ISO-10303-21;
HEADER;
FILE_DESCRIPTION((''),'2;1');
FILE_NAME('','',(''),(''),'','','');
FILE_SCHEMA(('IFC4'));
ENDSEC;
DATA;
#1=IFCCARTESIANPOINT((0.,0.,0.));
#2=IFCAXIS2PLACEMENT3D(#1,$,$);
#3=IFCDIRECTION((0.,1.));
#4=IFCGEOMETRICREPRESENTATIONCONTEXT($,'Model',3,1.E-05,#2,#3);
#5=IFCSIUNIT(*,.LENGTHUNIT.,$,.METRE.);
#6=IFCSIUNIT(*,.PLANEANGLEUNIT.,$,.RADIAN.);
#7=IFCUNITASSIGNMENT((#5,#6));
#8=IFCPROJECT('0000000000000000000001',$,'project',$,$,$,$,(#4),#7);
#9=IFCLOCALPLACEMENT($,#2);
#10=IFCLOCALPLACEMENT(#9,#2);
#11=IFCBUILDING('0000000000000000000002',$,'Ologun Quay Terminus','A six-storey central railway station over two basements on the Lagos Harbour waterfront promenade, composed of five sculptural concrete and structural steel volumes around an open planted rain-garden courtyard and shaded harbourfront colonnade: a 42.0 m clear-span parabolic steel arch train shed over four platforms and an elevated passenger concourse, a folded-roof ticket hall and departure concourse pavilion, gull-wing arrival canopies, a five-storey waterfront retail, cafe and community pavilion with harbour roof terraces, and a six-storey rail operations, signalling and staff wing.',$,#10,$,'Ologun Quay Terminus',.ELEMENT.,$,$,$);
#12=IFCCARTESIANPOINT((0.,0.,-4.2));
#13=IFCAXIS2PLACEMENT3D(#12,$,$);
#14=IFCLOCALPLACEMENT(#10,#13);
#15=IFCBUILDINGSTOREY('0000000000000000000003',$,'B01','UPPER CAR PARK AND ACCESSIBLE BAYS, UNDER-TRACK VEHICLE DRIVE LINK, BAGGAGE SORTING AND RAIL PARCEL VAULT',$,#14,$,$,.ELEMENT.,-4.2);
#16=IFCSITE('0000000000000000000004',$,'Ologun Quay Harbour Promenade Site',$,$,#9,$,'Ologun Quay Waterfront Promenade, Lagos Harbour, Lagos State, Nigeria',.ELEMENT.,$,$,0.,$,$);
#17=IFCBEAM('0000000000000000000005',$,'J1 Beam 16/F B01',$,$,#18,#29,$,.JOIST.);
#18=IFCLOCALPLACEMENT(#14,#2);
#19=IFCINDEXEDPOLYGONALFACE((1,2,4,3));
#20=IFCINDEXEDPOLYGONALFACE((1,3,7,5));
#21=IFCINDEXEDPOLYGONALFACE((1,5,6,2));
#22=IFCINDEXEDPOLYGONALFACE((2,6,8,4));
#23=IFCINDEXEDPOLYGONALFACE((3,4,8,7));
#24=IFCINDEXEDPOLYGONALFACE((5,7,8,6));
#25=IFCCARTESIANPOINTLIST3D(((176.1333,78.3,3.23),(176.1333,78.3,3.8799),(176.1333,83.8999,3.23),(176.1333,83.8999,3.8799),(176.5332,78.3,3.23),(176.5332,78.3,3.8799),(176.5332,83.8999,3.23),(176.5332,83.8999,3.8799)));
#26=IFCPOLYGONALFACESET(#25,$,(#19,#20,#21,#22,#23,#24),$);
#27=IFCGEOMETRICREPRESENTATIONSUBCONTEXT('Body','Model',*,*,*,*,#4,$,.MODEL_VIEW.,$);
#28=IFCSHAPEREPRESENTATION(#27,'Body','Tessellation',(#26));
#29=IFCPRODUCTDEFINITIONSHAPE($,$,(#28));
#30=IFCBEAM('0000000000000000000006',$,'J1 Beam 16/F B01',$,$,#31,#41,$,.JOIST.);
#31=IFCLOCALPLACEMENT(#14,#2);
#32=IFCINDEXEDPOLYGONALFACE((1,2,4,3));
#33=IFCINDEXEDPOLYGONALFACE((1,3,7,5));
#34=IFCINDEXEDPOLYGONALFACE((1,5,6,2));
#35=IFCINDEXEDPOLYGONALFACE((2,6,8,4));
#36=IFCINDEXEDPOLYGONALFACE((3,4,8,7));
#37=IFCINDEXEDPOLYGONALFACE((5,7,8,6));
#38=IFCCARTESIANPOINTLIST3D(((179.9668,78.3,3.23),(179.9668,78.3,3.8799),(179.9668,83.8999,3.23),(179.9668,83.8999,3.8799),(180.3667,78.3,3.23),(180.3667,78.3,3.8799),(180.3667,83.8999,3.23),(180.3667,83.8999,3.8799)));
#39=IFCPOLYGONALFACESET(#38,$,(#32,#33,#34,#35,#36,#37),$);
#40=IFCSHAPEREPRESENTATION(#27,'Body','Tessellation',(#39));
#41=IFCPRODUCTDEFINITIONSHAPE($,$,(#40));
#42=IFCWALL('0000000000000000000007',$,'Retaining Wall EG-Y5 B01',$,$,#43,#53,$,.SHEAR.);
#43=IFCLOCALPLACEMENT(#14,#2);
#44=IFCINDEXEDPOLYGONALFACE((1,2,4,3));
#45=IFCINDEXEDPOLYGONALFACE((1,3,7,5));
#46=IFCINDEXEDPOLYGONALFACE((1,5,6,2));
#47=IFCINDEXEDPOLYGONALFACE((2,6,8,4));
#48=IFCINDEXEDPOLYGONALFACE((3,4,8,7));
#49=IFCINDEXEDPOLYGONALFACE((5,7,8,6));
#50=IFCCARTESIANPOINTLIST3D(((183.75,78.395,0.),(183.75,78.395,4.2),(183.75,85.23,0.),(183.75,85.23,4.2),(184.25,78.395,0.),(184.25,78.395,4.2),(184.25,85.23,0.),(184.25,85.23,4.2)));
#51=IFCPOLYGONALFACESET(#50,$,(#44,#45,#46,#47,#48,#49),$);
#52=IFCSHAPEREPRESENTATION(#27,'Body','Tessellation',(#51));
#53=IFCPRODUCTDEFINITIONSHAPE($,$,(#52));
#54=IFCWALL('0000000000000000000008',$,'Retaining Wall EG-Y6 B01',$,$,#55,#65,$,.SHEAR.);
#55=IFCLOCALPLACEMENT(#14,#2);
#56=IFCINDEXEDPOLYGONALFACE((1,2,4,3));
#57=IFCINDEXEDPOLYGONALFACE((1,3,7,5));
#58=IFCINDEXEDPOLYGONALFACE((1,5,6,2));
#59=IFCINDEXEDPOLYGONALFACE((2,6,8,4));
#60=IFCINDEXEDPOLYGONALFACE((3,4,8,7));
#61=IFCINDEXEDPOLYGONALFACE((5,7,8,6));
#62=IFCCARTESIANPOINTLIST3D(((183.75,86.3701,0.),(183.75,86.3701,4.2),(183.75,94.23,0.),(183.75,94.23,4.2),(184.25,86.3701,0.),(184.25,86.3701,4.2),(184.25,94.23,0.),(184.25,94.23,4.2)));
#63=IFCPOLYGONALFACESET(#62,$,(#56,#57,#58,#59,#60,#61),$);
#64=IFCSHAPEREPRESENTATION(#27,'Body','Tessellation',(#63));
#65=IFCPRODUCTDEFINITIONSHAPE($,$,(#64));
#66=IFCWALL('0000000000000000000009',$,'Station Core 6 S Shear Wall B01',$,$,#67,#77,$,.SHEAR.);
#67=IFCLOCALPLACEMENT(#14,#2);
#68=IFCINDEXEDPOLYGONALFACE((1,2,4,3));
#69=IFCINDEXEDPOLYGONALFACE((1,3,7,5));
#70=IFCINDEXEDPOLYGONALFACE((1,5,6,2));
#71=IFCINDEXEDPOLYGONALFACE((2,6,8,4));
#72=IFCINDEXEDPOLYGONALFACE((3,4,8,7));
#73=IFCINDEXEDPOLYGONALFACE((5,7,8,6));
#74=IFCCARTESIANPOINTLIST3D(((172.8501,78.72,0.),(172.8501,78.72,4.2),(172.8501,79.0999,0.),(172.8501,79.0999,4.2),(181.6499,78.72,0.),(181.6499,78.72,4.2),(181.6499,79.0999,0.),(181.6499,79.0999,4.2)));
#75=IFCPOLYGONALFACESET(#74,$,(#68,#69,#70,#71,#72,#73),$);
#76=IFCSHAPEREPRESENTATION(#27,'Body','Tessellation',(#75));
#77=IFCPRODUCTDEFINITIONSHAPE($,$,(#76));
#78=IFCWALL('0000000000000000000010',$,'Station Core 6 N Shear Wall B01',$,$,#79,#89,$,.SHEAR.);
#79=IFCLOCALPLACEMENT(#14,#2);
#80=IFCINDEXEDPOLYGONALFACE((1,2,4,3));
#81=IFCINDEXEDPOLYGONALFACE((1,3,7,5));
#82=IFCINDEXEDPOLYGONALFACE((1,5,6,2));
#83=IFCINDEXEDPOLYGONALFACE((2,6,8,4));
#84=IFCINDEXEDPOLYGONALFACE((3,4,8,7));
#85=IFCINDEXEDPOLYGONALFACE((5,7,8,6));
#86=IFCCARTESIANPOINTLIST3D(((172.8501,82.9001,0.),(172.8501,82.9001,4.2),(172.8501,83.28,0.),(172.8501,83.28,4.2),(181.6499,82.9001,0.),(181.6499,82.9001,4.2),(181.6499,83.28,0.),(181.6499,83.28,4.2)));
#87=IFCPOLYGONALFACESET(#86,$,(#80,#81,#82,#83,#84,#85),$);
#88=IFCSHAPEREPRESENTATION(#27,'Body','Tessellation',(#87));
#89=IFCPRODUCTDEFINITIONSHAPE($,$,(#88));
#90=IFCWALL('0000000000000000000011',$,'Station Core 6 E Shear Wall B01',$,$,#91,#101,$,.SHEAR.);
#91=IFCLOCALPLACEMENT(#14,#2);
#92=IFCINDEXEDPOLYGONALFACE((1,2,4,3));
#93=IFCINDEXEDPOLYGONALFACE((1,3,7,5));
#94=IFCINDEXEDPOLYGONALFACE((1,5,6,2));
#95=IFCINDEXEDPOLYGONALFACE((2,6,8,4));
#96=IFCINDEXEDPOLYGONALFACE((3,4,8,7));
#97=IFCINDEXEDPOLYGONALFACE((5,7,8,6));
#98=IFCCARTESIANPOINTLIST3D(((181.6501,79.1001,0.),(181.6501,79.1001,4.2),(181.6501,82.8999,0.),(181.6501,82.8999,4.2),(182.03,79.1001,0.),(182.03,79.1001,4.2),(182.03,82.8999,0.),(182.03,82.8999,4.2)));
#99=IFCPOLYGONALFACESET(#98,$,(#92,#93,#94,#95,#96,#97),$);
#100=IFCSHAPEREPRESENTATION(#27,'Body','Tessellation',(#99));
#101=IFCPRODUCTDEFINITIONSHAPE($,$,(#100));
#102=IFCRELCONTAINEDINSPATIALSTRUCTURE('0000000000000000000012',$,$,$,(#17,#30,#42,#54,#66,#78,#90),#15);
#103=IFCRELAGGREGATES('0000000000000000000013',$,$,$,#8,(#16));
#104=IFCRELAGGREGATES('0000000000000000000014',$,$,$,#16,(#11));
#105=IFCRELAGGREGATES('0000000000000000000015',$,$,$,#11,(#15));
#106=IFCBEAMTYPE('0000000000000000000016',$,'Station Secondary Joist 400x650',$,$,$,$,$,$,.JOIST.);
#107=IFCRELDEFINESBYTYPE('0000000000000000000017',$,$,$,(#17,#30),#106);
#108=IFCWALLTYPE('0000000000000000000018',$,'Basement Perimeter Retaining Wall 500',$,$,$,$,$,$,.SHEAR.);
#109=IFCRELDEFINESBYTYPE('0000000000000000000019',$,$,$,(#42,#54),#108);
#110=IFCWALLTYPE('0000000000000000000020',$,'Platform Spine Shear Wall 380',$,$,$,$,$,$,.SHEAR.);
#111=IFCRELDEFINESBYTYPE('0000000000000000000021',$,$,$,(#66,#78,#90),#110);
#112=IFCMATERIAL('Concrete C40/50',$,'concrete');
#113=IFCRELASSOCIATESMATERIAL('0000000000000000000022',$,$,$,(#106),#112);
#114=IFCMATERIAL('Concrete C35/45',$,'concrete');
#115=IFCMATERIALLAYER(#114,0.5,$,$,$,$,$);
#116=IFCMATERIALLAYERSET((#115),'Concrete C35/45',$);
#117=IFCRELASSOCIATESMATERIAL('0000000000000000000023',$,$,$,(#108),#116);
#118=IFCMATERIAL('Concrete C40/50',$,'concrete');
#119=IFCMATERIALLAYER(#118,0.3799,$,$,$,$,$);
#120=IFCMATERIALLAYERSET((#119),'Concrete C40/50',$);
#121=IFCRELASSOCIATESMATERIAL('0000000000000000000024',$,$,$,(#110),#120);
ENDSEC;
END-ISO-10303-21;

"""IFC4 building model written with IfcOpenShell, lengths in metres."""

from ifc_helpers import new_model, si_unit, direction, frame, frame_2d, origin, origin_2d, place, context, subcontext, project, spatial, rectangle, extrude, material, layer, layer_set, material_profile, profile_set, type_object, element, save


model = new_model("IFC4")

# Units and contexts
model_context = context("Model", 3, precision=1e-05, world=origin(), true_north=direction((0.0, 1.0)))
body_context = subcontext(model_context, "Body", "Model", "MODEL_VIEW")
ifc_project = project(units=[si_unit("LENGTHUNIT", "METRE"), si_unit("PLANEANGLEUNIT", "RADIAN")], contexts=[model_context])

# Site, building, storey
site_placement = place(None, origin())
site = spatial("IfcSite", under=ifc_project, at=site_placement, Name="Ologun Quay Harbour Promenade Site", LongName="Ologun Quay Waterfront Promenade, Lagos Harbour, Lagos State, Nigeria", CompositionType="ELEMENT", RefElevation=0.0)
building_placement = place(site_placement, origin())
building = spatial("IfcBuilding", under=site, at=building_placement, Name="Ologun Quay Terminus", Description="A six-storey central railway station over two basements on the Lagos Harbour waterfront promenade, composed of five sculptural concrete and structural steel volumes around an open planted rain-garden courtyard and shaded harbourfront colonnade: a 42.0 m clear-span parabolic steel arch train shed over four platforms and an elevated passenger concourse, a folded-roof ticket hall and departure concourse pavilion, gull-wing arrival canopies, a five-storey waterfront retail, cafe and community pavilion with harbour roof terraces, and a six-storey rail operations, signalling and staff wing.", LongName="Ologun Quay Terminus", CompositionType="ELEMENT")
storey_placement = place(building_placement, frame((0.0, 0.0, -4.2)))
storey = spatial("IfcBuildingStorey", under=building, at=storey_placement, Name="B01", Description="UPPER CAR PARK AND ACCESSIBLE BAYS, UNDER-TRACK VEHICLE DRIVE LINK, BAGGAGE SORTING AND RAIL PARCEL VAULT", CompositionType="ELEMENT", Elevation=-4.2)

# Beams
ifc_material_1 = material(Name="Concrete C40/50", Category="concrete")
ifc_material_profile_1 = material_profile(ifc_material_1, rectangle(XDim=0.3999, YDim=0.6499, at=origin_2d()), Name="RC 400x650")
ifc_profile_set_1 = profile_set([ifc_material_profile_1], Name="Concrete C40/50")
beam_type_1 = type_object("IfcBeamType", Name="Station Secondary Joist 400x650", PredefinedType="JOIST", material=ifc_profile_set_1)
for number, where, z_axis, x_axis, name in (
    (1, (176.3333, 78.3, 3.5549), (0.0, 1.0, 0.0), (-1.0, 0.0, 0.0), "J1 Beam 16/F B01"),
    (2, (180.1667, 78.3, 3.5549), (0.0, 1.0, 0.0), (-1.0, 0.0, 0.0), "J1 Beam 16/F B01"),
):
    element("IfcBeam", number, at=place(storey_placement, frame(where, z_axis=z_axis, x_axis=x_axis)), inside=storey, type_object=beam_type_1, Name=name, PredefinedType="JOIST", context=body_context, shape_type="SweptSolid", body=[
        extrude(rectangle(XDim=0.3999, YDim=0.6499, at=origin_2d()), origin(), (0.0, 0.0, 1.0), 5.5999),
    ])

# Walls
ifc_material_2 = material(Name="Concrete C35/45", Category="concrete")
ifc_layer_1 = layer(ifc_material_2, 0.5)
ifc_layer_set_1 = layer_set([ifc_layer_1], Name="Concrete C35/45")
wall_type_1 = type_object("IfcWallType", Name="Basement Perimeter Retaining Wall 500", PredefinedType="SHEAR", material=ifc_layer_set_1)
wall_1_placement = place(storey_placement, frame((184.0, 78.395, 0.0), z_axis=(0.0, 0.0, 1.0), x_axis=(0.0, 1.0, 0.0)))
element("IfcWall", 3, at=wall_1_placement, inside=storey, type_object=wall_type_1, Name="Retaining Wall EG-Y5 B01", PredefinedType="SHEAR", context=body_context, shape_type="SweptSolid", body=[
    extrude(rectangle(XDim=6.835, YDim=0.5, at=frame_2d((3.4175, 0.0))), origin(), (0.0, 0.0, 1.0), 4.2),
])
wall_2_placement = place(storey_placement, frame((184.0, 86.3701, 0.0), z_axis=(0.0, 0.0, 1.0), x_axis=(0.0, 1.0, 0.0)))
element("IfcWall", 4, at=wall_2_placement, inside=storey, type_object=wall_type_1, Name="Retaining Wall EG-Y6 B01", PredefinedType="SHEAR", context=body_context, shape_type="SweptSolid", body=[
    extrude(rectangle(XDim=7.8599, YDim=0.5, at=frame_2d((3.9299, 0.0))), origin(), (0.0, 0.0, 1.0), 4.2),
])
ifc_material_3 = material(Name="Concrete C40/50", Category="concrete")
ifc_layer_2 = layer(ifc_material_3, 0.3799)
ifc_layer_set_2 = layer_set([ifc_layer_2], Name="Concrete C40/50")
wall_type_2 = type_object("IfcWallType", Name="Platform Spine Shear Wall 380", PredefinedType="SHEAR", material=ifc_layer_set_2)
for number, where, z_axis, x_axis, name in (
    (5, (172.8501, 78.9099, 0.0), (0.0, 0.0, 1.0), (1.0, 0.0, 0.0), "Station Core 6 S Shear Wall B01"),
    (6, (172.8501, 83.0901, 0.0), (0.0, 0.0, 1.0), (1.0, 0.0, 0.0), "Station Core 6 N Shear Wall B01"),
):
    element("IfcWall", number, at=place(storey_placement, frame(where, z_axis=z_axis, x_axis=x_axis)), inside=storey, type_object=wall_type_2, Name=name, PredefinedType="SHEAR", context=body_context, shape_type="SweptSolid", body=[
        extrude(rectangle(XDim=8.7998, YDim=0.3799, at=frame_2d((4.3999, 0.0))), origin(), (0.0, 0.0, 1.0), 4.2),
    ])
wall_3_placement = place(storey_placement, frame((181.8401, 79.1001, 0.0), z_axis=(0.0, 0.0, 1.0), x_axis=(0.0, 1.0, 0.0)))
element("IfcWall", 7, at=wall_3_placement, inside=storey, type_object=wall_type_2, Name="Station Core 6 E Shear Wall B01", PredefinedType="SHEAR", context=body_context, shape_type="SweptSolid", body=[
    extrude(rectangle(XDim=3.7998, YDim=0.3799, at=frame_2d((1.8999, 0.0))), origin(), (0.0, 0.0, 1.0), 4.2),
])

save(model, "model.ifc")
